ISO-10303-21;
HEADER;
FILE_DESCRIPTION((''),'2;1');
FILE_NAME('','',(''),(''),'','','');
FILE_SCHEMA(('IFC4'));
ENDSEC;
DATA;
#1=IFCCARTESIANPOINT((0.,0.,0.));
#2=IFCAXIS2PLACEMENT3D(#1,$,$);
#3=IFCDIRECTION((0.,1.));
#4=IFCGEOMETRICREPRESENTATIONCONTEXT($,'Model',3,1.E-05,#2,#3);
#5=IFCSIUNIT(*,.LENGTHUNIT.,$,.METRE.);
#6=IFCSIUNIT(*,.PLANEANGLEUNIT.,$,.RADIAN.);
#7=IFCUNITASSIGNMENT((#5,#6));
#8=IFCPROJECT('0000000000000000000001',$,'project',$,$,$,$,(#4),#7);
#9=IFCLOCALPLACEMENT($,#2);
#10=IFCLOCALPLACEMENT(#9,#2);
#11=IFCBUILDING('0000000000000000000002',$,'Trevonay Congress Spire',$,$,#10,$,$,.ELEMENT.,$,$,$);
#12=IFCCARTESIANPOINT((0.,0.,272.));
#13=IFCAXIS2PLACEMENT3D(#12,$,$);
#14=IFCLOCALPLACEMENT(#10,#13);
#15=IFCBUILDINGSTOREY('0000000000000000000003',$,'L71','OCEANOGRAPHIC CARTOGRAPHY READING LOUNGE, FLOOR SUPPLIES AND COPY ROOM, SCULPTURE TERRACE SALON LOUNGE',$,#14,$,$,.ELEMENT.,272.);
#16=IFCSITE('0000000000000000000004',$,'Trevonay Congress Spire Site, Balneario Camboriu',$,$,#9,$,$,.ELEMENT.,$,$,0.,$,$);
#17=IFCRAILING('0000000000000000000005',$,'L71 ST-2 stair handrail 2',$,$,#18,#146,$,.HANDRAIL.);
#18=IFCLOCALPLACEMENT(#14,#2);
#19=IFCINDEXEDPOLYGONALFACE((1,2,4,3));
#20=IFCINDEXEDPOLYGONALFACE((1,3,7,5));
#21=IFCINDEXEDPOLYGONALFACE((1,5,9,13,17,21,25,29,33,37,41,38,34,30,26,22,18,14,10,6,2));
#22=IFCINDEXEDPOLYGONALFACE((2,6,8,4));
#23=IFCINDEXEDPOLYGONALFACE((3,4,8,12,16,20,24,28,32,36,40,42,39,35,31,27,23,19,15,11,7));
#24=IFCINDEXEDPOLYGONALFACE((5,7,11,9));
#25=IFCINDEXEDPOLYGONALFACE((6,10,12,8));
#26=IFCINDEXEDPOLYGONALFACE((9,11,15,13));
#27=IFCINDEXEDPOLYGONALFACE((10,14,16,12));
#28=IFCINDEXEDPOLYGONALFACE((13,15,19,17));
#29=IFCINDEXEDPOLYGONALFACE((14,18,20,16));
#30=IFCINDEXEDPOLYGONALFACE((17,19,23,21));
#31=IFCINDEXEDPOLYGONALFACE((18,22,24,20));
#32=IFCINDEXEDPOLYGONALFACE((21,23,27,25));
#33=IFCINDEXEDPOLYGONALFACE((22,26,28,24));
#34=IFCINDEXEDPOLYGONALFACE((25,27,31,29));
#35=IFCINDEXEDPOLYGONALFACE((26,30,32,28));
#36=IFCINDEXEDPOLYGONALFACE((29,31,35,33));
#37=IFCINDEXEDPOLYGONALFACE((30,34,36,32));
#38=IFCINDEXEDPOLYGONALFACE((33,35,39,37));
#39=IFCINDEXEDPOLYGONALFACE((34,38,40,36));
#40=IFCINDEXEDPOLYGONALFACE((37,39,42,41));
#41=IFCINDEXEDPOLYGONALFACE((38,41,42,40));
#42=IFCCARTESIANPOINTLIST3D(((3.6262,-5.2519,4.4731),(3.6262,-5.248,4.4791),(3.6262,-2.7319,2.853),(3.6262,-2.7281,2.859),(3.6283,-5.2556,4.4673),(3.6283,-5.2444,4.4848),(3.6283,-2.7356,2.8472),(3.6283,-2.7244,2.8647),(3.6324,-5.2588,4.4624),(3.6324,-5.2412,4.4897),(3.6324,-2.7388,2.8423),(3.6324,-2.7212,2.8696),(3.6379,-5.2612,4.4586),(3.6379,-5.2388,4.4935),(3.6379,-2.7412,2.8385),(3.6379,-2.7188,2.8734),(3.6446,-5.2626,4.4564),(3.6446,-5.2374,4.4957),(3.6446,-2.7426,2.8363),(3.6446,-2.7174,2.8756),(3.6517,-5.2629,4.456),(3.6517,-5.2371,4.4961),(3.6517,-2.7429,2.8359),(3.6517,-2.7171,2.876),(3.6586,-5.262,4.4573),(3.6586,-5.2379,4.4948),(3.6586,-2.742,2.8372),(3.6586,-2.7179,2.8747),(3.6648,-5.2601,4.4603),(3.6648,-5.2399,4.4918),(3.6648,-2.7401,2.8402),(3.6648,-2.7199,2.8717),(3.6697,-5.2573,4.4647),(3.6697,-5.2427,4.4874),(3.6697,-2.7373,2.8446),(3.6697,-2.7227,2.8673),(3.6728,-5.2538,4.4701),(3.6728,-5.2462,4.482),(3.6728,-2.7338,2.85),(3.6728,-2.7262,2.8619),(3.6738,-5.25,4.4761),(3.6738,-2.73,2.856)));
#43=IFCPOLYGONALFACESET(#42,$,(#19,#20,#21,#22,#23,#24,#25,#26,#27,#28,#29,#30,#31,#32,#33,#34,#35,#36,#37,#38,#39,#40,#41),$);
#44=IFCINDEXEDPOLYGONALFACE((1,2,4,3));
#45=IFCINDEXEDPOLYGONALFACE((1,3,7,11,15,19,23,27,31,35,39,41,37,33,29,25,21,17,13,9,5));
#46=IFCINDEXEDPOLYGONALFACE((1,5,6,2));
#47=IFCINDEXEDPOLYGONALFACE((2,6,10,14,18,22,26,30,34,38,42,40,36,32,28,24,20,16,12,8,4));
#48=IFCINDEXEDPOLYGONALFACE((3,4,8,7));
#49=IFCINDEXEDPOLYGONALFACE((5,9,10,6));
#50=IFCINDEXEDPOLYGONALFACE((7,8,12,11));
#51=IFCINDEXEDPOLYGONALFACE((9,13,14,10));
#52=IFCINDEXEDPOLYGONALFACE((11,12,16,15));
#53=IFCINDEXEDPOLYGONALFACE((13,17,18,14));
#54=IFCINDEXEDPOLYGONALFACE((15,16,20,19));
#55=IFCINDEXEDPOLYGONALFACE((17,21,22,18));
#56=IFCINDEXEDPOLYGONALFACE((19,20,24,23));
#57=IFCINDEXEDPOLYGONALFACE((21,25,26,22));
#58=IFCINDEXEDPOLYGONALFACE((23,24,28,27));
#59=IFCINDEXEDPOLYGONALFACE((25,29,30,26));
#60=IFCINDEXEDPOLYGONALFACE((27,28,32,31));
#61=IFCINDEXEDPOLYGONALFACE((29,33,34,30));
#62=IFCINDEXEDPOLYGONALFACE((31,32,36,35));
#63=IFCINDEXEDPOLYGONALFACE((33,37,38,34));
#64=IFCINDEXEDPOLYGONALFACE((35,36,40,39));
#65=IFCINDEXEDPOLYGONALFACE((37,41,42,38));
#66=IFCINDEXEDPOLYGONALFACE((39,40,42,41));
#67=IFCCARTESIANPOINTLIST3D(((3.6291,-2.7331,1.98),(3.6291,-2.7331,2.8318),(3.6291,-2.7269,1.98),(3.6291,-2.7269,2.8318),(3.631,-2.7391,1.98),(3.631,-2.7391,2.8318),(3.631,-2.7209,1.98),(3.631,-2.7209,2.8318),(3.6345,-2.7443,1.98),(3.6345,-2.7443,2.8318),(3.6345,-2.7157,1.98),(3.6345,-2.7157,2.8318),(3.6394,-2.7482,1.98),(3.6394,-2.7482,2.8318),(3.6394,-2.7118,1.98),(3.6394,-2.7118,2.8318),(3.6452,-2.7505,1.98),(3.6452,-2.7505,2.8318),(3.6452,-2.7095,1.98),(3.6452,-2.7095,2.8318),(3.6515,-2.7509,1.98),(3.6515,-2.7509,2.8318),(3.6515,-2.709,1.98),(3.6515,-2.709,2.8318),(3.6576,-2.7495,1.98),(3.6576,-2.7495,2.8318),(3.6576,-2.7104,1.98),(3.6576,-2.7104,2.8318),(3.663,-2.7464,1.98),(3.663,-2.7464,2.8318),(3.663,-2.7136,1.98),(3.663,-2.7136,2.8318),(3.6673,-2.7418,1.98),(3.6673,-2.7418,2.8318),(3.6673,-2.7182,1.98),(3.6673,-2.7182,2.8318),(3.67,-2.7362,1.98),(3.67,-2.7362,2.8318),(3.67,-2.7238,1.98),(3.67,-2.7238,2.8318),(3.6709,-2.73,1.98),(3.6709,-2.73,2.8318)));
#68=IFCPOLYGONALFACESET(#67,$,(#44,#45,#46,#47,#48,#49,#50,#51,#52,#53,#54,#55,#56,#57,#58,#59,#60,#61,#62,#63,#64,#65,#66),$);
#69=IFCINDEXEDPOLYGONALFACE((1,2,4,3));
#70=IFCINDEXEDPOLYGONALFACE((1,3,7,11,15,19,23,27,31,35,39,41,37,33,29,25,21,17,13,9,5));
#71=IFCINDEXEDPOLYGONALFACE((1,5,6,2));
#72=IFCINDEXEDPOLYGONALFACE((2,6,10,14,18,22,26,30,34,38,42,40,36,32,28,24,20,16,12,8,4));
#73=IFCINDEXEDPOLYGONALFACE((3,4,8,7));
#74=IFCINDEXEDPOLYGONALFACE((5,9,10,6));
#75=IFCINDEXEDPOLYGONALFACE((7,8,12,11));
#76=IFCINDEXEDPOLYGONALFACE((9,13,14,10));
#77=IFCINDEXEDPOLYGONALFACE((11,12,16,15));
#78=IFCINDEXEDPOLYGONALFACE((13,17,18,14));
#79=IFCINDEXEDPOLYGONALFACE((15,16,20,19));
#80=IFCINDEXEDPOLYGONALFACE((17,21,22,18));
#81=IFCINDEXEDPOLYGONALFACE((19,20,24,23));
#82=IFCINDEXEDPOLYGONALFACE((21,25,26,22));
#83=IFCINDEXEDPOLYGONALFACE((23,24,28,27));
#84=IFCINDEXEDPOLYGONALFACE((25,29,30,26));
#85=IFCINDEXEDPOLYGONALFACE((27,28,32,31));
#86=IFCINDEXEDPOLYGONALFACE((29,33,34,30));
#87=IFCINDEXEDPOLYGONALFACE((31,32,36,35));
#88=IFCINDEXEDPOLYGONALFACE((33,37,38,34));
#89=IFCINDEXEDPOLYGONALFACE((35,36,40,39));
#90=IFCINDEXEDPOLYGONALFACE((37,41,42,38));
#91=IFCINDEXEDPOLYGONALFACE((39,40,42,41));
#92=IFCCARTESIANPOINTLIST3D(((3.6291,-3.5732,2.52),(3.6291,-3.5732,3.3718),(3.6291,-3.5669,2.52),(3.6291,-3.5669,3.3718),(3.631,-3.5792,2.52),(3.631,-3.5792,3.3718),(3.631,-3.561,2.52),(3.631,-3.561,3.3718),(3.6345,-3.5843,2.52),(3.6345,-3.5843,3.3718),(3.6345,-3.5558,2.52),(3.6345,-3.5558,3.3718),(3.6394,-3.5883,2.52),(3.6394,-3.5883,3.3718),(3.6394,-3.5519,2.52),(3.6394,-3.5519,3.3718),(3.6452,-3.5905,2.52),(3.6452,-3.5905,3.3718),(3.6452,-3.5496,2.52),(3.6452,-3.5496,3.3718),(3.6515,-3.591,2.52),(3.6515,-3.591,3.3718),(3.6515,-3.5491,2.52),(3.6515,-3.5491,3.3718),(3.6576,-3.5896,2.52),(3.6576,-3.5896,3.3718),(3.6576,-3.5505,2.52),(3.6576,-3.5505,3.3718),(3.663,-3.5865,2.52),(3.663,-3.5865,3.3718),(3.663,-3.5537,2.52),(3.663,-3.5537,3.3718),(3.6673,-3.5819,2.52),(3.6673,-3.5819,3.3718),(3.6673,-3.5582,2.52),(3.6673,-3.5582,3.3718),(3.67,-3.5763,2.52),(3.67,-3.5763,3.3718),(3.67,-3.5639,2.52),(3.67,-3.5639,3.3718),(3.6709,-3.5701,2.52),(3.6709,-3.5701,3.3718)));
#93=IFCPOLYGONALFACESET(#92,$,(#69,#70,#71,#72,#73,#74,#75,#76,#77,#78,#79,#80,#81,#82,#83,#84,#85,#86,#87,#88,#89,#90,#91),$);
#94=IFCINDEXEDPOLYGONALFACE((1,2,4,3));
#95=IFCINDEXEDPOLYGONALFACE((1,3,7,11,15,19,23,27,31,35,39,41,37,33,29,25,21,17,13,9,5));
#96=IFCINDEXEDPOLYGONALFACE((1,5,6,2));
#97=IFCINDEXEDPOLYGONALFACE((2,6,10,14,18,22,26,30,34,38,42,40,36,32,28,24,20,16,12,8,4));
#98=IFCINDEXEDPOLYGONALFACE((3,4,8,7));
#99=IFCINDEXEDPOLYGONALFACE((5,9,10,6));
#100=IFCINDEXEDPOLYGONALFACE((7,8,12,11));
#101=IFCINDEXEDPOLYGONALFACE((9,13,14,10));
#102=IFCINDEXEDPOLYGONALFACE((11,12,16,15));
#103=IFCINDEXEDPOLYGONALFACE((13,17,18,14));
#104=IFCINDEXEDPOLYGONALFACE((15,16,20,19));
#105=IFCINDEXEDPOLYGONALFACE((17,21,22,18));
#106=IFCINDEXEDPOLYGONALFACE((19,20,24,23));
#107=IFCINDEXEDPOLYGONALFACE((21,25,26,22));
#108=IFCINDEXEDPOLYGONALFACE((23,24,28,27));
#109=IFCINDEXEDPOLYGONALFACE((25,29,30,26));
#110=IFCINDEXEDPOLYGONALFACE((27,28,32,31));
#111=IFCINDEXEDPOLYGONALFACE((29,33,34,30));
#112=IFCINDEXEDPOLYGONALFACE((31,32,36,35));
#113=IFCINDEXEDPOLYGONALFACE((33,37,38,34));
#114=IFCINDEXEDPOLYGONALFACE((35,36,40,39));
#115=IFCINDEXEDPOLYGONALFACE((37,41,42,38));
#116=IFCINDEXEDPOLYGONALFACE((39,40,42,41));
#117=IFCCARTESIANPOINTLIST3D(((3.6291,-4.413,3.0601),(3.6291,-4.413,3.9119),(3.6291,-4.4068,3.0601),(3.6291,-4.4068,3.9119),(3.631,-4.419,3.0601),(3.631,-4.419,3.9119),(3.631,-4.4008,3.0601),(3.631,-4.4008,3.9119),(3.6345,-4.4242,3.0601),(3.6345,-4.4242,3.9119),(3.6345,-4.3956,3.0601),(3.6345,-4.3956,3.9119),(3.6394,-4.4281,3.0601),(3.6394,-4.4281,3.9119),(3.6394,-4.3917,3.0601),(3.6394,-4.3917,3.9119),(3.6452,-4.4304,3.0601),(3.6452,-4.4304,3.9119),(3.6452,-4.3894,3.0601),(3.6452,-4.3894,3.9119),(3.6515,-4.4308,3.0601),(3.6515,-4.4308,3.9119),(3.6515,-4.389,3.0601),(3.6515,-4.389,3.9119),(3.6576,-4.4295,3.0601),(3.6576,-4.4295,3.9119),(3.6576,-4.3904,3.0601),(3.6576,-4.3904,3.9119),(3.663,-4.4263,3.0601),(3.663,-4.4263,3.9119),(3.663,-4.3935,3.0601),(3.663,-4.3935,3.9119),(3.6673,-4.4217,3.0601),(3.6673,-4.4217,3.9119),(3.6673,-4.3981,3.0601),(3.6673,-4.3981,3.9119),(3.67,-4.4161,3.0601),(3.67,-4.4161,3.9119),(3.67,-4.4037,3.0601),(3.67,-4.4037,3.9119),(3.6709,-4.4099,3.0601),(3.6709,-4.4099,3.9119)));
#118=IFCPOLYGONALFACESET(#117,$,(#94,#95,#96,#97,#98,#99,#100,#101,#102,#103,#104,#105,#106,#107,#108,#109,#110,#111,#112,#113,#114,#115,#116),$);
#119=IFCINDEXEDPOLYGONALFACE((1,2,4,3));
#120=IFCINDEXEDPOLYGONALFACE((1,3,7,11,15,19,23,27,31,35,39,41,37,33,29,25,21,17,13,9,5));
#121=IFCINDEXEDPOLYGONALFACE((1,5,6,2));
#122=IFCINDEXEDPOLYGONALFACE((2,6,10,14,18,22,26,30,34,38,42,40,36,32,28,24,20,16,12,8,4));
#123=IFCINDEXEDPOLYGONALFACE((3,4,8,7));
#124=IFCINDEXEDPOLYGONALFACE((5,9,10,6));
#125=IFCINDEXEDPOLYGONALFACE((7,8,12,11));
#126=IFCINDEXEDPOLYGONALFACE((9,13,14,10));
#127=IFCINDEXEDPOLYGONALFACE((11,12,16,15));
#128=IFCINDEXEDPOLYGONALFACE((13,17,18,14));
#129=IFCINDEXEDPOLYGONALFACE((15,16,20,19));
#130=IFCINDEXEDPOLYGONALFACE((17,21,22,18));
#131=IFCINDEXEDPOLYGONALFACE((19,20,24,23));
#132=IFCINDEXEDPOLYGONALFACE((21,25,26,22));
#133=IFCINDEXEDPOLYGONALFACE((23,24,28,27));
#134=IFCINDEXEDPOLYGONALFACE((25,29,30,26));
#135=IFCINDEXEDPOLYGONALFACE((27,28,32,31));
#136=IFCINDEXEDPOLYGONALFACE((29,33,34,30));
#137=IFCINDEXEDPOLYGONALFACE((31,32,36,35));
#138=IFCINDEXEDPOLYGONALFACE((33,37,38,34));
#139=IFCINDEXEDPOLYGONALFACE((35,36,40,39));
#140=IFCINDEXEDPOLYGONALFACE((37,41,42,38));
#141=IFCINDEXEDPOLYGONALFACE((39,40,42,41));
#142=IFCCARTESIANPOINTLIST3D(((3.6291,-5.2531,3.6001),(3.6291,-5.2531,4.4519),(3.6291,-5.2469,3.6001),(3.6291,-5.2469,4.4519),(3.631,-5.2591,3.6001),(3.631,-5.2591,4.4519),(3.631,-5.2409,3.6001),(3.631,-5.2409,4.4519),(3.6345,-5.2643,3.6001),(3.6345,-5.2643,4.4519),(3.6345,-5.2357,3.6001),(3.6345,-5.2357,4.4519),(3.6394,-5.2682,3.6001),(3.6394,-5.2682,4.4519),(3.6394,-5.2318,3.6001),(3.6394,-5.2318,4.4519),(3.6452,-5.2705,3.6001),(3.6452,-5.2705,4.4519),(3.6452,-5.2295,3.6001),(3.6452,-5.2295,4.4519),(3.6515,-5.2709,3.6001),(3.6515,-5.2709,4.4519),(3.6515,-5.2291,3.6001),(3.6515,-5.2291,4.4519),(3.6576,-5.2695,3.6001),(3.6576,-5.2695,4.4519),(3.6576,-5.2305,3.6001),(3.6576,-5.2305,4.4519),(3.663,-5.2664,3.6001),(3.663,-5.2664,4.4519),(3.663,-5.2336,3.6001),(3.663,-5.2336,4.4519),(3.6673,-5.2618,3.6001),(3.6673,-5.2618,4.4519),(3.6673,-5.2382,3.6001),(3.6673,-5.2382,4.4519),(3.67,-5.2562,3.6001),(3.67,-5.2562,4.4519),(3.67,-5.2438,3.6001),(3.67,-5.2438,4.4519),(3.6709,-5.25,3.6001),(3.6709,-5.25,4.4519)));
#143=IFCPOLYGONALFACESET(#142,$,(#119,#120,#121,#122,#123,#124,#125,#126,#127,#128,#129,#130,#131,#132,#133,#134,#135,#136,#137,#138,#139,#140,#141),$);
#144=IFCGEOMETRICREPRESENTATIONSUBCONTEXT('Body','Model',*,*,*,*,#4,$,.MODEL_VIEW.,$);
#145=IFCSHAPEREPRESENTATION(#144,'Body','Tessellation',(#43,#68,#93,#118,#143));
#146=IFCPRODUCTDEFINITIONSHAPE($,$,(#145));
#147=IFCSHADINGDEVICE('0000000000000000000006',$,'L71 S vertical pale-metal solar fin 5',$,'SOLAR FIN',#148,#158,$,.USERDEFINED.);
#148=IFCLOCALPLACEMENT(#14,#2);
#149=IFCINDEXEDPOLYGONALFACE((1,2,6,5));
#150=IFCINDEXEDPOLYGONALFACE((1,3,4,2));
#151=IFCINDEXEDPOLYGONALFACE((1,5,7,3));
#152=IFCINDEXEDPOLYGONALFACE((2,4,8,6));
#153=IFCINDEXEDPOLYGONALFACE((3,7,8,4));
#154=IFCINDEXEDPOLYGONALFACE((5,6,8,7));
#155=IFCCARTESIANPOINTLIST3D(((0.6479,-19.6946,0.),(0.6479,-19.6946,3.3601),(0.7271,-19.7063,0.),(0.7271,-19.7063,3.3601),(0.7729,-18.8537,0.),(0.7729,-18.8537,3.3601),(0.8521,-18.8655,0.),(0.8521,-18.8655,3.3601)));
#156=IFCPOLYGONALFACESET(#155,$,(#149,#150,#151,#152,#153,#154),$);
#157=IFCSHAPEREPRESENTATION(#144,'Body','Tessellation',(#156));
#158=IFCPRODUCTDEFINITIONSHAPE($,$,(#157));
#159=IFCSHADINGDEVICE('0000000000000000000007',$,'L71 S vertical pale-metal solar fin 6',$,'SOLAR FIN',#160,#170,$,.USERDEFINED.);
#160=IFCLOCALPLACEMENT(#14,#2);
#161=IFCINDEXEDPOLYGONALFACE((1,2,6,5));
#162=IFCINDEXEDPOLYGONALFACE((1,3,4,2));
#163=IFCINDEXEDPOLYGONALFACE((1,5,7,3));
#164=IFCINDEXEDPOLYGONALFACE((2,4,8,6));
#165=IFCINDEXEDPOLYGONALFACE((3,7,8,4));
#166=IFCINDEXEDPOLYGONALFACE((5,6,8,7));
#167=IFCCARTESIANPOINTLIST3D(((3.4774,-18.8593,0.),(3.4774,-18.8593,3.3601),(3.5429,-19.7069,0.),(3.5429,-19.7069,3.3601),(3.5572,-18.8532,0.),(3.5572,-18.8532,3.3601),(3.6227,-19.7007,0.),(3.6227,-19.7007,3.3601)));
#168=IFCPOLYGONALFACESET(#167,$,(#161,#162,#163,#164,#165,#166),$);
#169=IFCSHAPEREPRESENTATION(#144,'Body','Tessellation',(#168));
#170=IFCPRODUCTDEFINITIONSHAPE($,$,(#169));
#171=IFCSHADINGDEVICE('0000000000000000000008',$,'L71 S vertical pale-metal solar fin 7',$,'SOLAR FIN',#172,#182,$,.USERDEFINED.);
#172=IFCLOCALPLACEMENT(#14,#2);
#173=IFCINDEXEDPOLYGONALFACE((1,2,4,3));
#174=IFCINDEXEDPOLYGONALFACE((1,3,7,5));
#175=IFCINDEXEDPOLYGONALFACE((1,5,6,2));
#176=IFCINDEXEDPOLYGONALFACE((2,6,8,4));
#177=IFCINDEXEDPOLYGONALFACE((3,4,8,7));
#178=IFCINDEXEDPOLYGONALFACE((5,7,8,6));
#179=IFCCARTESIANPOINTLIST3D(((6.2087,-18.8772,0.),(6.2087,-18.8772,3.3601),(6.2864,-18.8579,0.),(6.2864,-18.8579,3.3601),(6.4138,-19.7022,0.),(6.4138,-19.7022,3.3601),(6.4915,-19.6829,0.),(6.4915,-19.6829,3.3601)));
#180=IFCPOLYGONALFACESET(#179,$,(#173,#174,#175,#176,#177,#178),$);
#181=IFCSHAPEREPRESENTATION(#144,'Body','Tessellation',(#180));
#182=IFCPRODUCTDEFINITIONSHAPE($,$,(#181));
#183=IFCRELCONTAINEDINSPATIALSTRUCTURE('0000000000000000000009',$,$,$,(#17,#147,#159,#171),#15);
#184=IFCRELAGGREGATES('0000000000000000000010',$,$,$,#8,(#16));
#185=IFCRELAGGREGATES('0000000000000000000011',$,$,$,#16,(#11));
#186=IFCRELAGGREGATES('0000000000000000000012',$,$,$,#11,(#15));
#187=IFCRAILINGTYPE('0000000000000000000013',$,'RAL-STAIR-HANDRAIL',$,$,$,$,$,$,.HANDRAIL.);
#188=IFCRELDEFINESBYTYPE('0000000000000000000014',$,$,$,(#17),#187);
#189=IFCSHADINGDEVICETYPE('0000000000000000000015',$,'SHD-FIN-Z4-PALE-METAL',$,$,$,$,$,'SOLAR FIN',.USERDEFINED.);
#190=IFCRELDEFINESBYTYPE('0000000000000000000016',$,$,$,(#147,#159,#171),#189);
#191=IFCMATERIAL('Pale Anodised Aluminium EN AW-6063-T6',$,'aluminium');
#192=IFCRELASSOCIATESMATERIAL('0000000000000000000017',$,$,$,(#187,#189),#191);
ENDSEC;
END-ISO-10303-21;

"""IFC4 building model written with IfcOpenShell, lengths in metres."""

from ifc_helpers import new_model, si_unit, direction, frame, origin, origin_2d, place, context, subcontext, project, spatial, rectangle, circle, extrude, material, type_object, element, save


model = new_model("IFC4")

# Units and contexts
model_context = context("Model", 3, precision=1e-05, world=origin(), true_north=direction((0.0, 1.0)))
body_context = subcontext(model_context, "Body", "Model", "MODEL_VIEW")
ifc_project = project(units=[si_unit("LENGTHUNIT", "METRE"), si_unit("PLANEANGLEUNIT", "RADIAN")], contexts=[model_context])

# Site, building, storey
site_placement = place(None, origin())
site = spatial("IfcSite", under=ifc_project, at=site_placement, Name="Trevonay Congress Spire Site, Balneario Camboriu", CompositionType="ELEMENT", RefElevation=0.0)
building_placement = place(site_placement, origin())
building = spatial("IfcBuilding", under=site, at=building_placement, Name="Trevonay Congress Spire", CompositionType="ELEMENT")
storey_placement = place(building_placement, frame((0.0, 0.0, 272.0)))
storey = spatial("IfcBuildingStorey", under=building, at=storey_placement, Name="L71", Description="OCEANOGRAPHIC CARTOGRAPHY READING LOUNGE, FLOOR SUPPLIES AND COPY ROOM, SCULPTURE TERRACE SALON LOUNGE", CompositionType="ELEMENT", Elevation=272.0)

# Shared definitions
ifc_material_1 = material(Name="Pale Anodised Aluminium EN AW-6063-T6", Category="aluminium")

# Railing
railing_type_1 = type_object("IfcRailingType", Name="RAL-STAIR-HANDRAIL", PredefinedType="HANDRAIL", material=ifc_material_1)
railing_1_placement = place(storey_placement, frame((3.6499, -2.73, 1.98)))
element("IfcRailing", 1, at=railing_1_placement, inside=storey, type_object=railing_type_1, Name="L71 ST-2 stair handrail 2", PredefinedType="HANDRAIL", context=body_context, shape_type="SweptSolid", body=[
    extrude(circle(Radius=0.0239, at=origin_2d()), frame((0.0, 0.0, 0.876), z_axis=(0.0, -0.841163, 0.540782), x_axis=(1.0, 0.0, 0.0)), (0.0, 0.0, 1.0), 2.9958),
    extrude(circle(Radius=0.021, at=origin_2d()), origin(), (0.0, 0.0, 1.0), 0.8518),
    extrude(circle(Radius=0.021, at=origin_2d()), frame((0.0, -0.8401, 0.54)), (0.0, 0.0, 1.0), 0.8518),
    extrude(circle(Radius=0.021, at=origin_2d()), frame((0.0, -1.6799, 1.0801)), (0.0, 0.0, 1.0), 0.8518),
    extrude(circle(Radius=0.021, at=origin_2d()), frame((0.0, -2.52, 1.6201)), (0.0, 0.0, 1.0), 0.8518),
])

# Shading devices
shading_device_type = type_object("IfcShadingDeviceType", Name="SHD-FIN-Z4-PALE-METAL", ElementType="SOLAR FIN", PredefinedType="USERDEFINED", material=ifc_material_1)
for number, where, z_axis, x_axis, name in (
    (2, (0.75, -19.28, 0.0), (0.0, 0.0, 1.0), (0.989144, -0.146946, 0.0), "L71 S vertical pale-metal solar fin 5"),
    (3, (3.55, -19.28, 0.0), (0.0, 0.0, 1.0), (0.997026, 0.077067, 0.0), "L71 S vertical pale-metal solar fin 6"),
    (4, (6.3501, -19.28, 0.0), (0.0, 0.0, 1.0), (0.970464, 0.241244, 0.0), "L71 S vertical pale-metal solar fin 7"),
):
    element("IfcShadingDevice", number, at=place(storey_placement, frame(where, z_axis=z_axis, x_axis=x_axis)), inside=storey, type_object=shading_device_type, Name=name, ObjectType="SOLAR FIN", PredefinedType="USERDEFINED", context=body_context, shape_type="SweptSolid", body=[
        extrude(rectangle(XDim=0.0801, YDim=0.8501, at=origin_2d()), origin(), (0.0, 0.0, 1.0), 3.3601),
    ])

save(model, "model.ifc")
